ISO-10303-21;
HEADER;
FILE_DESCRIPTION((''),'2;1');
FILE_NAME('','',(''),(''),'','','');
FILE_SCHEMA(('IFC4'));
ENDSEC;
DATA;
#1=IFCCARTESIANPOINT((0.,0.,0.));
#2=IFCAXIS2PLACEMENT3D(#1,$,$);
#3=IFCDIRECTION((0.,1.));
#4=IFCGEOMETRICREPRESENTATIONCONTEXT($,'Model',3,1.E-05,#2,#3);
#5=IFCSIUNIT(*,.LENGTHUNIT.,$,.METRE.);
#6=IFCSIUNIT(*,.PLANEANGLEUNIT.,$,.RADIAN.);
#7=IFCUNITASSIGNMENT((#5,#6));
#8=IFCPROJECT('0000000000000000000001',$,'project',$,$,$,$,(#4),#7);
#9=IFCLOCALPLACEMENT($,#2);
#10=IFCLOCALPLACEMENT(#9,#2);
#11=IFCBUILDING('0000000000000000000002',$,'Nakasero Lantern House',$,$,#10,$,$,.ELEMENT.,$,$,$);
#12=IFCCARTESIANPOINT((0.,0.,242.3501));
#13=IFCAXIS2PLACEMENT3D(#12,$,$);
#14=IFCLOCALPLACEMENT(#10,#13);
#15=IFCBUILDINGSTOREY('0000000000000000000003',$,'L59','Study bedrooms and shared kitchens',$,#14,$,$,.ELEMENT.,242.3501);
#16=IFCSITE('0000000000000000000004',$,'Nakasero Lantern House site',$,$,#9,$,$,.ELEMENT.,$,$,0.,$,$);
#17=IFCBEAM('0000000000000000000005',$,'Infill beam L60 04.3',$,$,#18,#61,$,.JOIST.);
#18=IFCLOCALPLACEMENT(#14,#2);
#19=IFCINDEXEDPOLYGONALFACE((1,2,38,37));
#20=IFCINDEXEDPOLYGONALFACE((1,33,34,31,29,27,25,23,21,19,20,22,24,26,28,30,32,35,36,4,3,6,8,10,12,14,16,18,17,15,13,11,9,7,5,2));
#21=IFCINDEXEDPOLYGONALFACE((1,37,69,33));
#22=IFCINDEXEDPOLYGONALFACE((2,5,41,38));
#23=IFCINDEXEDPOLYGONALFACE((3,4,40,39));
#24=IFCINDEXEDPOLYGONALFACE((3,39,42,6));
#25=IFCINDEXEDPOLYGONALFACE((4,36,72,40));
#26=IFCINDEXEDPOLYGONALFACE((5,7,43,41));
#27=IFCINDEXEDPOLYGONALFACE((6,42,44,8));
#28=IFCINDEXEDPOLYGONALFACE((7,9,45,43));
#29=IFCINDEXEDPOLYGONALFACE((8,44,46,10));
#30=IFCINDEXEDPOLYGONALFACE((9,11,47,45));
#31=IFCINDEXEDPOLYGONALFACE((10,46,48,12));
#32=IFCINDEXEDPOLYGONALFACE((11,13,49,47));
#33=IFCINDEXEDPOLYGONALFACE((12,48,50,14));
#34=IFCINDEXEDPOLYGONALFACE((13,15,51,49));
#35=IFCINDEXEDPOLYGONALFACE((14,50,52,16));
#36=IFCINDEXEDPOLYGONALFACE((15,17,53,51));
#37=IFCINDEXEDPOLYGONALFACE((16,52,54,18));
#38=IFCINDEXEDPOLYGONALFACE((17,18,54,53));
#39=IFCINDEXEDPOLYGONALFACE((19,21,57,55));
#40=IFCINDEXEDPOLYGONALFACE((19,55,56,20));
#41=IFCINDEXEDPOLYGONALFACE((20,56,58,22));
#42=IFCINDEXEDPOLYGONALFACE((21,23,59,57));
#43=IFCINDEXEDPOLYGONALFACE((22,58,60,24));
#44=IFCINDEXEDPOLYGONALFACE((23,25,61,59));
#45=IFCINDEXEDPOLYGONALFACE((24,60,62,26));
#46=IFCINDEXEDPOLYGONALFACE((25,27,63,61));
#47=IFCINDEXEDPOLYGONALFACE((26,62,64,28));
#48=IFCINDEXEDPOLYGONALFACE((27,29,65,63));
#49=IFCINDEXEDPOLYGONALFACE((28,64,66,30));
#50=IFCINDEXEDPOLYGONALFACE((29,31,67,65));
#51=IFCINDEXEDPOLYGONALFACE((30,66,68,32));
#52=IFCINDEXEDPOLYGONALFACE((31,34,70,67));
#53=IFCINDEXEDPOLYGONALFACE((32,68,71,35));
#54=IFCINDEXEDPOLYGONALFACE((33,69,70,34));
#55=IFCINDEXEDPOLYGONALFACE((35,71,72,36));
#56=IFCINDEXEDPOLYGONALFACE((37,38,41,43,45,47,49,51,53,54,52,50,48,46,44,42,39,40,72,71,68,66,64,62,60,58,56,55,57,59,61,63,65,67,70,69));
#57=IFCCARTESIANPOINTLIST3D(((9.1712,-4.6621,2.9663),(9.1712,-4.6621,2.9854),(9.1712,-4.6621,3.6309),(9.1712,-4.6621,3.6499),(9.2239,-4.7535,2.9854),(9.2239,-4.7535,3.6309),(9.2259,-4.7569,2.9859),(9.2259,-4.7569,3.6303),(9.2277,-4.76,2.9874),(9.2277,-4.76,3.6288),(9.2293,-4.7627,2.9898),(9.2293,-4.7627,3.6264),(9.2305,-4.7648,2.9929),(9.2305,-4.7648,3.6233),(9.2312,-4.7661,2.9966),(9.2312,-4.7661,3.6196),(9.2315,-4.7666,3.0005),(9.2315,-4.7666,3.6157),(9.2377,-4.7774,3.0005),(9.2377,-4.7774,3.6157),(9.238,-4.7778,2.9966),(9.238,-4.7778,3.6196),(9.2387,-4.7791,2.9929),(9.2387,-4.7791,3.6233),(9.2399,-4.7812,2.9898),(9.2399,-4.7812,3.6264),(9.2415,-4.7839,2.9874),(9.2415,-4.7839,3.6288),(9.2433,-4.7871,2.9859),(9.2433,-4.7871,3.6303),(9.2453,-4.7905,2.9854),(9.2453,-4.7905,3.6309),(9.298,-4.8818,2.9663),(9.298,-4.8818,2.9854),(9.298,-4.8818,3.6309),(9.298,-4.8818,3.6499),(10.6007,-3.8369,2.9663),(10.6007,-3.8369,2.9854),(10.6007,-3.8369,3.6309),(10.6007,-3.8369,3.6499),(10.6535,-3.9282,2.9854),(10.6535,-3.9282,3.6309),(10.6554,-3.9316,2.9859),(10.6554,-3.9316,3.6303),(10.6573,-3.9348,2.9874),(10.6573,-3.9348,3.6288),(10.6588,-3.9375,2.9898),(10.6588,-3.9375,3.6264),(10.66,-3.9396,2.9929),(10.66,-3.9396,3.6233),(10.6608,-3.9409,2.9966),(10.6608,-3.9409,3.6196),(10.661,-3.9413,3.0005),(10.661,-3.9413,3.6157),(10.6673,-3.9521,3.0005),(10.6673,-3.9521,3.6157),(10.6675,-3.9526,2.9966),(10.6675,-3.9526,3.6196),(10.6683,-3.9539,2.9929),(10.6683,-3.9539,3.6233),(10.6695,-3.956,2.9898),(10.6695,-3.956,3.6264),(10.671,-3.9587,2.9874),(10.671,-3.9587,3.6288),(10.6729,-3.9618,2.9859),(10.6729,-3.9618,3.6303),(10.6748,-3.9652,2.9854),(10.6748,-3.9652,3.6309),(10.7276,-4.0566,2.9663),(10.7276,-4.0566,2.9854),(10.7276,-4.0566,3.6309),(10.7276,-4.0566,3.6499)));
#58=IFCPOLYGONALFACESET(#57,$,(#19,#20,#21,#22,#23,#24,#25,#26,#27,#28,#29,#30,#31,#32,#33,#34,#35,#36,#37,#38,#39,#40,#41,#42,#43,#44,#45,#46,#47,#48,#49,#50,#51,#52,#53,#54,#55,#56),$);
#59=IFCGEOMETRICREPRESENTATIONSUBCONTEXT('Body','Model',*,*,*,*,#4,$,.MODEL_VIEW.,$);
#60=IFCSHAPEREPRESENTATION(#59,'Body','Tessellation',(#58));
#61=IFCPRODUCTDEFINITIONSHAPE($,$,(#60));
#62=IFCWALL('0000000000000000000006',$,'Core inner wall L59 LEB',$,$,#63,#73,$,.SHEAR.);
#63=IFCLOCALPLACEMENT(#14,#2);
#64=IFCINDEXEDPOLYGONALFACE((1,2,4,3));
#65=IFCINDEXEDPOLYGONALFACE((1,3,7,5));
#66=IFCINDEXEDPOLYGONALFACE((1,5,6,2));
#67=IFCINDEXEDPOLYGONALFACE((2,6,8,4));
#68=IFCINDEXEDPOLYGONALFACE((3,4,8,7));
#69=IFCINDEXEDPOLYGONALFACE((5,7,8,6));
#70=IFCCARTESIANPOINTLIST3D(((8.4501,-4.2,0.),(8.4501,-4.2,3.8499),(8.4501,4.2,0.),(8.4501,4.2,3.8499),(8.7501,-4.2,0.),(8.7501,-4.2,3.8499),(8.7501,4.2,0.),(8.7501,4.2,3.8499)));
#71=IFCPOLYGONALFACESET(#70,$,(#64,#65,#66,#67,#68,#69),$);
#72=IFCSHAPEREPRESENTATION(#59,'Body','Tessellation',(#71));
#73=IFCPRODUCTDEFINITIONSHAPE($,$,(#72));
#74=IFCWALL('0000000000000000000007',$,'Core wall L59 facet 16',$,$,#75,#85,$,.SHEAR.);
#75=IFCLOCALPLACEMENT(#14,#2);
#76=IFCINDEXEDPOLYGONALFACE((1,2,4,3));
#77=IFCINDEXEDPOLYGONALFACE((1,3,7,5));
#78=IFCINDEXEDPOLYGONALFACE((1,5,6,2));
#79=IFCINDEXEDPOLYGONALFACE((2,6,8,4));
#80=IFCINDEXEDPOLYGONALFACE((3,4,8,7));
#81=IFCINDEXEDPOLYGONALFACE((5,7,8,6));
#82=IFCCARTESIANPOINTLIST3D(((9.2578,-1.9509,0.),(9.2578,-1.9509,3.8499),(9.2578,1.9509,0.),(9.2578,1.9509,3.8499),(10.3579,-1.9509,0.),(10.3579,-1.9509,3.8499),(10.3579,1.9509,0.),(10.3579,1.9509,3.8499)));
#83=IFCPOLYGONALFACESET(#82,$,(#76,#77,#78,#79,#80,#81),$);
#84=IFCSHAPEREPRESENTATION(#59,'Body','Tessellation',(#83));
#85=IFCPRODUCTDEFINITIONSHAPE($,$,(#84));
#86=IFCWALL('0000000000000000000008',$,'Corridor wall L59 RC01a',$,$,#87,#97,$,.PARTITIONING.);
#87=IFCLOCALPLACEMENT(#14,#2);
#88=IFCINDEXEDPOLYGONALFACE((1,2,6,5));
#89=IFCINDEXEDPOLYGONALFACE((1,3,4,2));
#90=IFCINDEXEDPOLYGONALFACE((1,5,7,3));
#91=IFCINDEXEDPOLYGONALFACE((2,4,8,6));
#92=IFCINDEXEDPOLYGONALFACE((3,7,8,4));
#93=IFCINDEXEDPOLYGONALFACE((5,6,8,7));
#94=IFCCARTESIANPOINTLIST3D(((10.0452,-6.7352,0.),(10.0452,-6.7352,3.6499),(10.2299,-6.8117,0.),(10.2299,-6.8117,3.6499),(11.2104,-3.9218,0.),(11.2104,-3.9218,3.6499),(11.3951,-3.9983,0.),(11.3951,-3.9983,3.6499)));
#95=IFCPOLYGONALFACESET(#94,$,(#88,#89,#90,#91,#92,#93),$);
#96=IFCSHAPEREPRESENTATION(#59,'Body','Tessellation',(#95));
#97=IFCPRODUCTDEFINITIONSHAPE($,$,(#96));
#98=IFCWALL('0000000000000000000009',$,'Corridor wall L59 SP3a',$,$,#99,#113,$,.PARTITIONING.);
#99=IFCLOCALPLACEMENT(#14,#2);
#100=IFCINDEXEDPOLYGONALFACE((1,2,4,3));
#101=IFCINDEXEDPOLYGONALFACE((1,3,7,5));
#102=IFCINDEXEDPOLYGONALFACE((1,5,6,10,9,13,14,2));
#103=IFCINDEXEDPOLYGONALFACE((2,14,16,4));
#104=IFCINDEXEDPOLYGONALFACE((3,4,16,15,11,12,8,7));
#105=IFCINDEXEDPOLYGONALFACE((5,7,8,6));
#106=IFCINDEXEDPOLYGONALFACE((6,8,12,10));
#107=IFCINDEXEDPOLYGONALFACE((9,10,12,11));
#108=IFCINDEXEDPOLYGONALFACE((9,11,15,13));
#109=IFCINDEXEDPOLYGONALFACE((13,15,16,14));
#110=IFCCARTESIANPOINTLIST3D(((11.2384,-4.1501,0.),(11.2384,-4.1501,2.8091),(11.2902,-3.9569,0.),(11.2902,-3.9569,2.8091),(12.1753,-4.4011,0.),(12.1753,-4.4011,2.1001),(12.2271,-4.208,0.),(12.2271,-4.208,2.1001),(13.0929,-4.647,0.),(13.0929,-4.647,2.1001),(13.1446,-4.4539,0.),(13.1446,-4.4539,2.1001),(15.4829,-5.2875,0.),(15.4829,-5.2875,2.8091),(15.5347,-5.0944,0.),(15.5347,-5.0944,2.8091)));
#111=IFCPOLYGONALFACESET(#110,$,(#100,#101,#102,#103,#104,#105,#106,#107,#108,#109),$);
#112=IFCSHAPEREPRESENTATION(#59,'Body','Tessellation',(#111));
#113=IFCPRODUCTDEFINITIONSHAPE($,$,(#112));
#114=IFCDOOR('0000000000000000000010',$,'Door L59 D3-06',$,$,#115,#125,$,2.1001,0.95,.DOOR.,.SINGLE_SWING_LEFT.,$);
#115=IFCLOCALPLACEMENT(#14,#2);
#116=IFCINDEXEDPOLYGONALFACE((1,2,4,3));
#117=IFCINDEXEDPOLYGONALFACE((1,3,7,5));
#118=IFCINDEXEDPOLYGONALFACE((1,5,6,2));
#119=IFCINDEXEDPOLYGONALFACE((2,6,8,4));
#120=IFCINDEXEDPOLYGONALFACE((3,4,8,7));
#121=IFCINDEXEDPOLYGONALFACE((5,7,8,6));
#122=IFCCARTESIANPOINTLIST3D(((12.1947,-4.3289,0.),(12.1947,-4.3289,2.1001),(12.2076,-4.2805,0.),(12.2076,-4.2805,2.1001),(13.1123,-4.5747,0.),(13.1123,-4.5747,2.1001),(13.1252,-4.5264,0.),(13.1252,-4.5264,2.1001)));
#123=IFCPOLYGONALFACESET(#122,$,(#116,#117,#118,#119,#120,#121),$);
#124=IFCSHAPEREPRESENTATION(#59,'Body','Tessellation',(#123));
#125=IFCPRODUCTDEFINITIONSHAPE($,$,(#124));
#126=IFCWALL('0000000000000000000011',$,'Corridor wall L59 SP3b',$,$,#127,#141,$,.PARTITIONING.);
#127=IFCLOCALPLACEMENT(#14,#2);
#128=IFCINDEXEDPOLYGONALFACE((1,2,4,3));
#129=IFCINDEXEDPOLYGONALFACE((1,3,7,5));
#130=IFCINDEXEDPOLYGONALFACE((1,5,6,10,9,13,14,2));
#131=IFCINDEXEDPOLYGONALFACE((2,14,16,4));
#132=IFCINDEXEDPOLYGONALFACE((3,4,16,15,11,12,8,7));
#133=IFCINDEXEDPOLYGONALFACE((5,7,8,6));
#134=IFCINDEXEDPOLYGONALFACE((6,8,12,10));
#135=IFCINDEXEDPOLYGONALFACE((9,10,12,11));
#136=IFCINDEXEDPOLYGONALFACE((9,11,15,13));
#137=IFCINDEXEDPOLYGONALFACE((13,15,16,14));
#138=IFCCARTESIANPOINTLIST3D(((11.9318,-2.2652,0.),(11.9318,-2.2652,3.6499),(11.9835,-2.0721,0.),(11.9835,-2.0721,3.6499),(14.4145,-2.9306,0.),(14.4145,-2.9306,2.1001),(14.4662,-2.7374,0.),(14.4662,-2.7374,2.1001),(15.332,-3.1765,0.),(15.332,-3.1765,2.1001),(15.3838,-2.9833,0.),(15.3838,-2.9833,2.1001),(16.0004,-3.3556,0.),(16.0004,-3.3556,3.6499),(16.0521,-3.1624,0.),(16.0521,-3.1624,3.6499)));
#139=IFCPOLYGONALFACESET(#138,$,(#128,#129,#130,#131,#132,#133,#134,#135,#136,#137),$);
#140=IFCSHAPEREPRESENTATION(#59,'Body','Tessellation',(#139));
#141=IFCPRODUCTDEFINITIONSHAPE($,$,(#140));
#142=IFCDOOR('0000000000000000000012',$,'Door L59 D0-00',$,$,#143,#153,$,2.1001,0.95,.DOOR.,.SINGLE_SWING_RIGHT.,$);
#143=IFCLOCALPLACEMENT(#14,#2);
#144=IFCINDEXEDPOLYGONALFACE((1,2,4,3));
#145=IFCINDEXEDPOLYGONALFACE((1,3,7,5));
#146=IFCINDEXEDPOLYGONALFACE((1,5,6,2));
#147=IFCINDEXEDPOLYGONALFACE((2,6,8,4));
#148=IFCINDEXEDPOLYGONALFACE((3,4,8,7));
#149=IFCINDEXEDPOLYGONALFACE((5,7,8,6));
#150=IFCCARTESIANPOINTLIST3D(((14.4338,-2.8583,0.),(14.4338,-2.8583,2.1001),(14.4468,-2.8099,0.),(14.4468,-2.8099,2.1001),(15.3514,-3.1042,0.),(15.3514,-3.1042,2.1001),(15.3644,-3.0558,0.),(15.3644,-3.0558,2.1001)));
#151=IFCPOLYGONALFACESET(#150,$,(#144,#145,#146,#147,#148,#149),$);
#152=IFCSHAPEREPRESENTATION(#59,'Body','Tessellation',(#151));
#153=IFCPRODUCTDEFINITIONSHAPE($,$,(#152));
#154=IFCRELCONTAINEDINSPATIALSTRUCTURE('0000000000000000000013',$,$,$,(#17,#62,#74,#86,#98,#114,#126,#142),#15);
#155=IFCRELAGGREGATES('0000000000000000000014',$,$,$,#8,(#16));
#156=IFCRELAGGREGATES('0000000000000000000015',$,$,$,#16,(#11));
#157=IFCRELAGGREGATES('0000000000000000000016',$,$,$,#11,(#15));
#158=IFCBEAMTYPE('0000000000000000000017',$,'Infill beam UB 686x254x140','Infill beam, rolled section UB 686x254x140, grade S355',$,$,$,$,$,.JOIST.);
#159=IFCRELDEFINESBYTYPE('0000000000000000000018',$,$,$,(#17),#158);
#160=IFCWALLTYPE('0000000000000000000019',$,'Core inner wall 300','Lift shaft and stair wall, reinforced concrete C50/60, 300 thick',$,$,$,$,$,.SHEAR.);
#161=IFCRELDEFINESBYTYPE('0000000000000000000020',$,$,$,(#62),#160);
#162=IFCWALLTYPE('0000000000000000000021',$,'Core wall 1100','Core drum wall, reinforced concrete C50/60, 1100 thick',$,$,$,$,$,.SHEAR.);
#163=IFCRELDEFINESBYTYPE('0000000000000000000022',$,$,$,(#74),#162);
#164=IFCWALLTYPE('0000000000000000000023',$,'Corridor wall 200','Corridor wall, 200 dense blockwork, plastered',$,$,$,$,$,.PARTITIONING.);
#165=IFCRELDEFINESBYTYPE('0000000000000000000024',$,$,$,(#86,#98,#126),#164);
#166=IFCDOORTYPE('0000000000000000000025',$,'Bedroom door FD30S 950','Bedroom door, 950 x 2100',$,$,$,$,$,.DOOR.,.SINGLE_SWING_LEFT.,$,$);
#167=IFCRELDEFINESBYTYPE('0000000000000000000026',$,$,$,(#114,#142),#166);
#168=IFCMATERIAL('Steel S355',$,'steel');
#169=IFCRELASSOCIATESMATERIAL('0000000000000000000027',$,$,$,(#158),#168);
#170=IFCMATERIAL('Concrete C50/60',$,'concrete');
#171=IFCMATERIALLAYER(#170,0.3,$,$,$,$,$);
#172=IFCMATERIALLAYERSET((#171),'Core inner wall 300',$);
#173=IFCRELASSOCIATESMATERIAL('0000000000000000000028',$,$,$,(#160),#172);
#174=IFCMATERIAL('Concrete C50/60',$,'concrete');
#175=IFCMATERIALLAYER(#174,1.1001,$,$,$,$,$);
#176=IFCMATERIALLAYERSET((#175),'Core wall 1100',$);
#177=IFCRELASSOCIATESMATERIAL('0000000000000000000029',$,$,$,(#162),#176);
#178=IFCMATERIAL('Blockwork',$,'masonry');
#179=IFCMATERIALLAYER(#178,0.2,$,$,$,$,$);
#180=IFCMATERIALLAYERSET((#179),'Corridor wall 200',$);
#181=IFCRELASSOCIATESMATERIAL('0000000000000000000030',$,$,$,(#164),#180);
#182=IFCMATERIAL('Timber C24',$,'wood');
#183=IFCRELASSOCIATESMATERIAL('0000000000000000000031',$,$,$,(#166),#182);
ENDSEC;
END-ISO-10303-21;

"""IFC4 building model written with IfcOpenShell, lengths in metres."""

from ifc_helpers import new_model, si_unit, direction, frame, frame_2d, origin, origin_2d, place, context, subcontext, project, spatial, rectangle, i_section, extrude, material, layer, layer_set, material_profile, profile_set, type_object, element, fill, save


model = new_model("IFC4")

# Units and contexts
model_context = context("Model", 3, precision=1e-05, world=origin(), true_north=direction((0.0, 1.0)))
body_context = subcontext(model_context, "Body", "Model", "MODEL_VIEW")
ifc_project = project(units=[si_unit("LENGTHUNIT", "METRE"), si_unit("PLANEANGLEUNIT", "RADIAN")], contexts=[model_context])

# Site, building, storey
site_placement = place(None, origin())
site = spatial("IfcSite", under=ifc_project, at=site_placement, Name="Nakasero Lantern House site", CompositionType="ELEMENT", RefElevation=0.0)
building_placement = place(site_placement, origin())
building = spatial("IfcBuilding", under=site, at=building_placement, Name="Nakasero Lantern House", CompositionType="ELEMENT")
storey_placement = place(building_placement, frame((0.0, 0.0, 242.3501)))
storey = spatial("IfcBuildingStorey", under=building, at=storey_placement, Name="L59", Description="Study bedrooms and shared kitchens", CompositionType="ELEMENT", Elevation=242.3501)

# Beam
ifc_material_1 = material(Name="Steel S355", Category="steel")
ifc_material_profile = material_profile(ifc_material_1, i_section(OverallWidth=0.2537, OverallDepth=0.6836, WebThickness=0.0125, FlangeThickness=0.019, FilletRadius=0.0151, at=origin_2d()), Name="UB 686x254x140")
ifc_profile_set = profile_set([ifc_material_profile], Name="Steel S355")
beam_type = type_object("IfcBeamType", Name="Infill beam UB 686x254x140", Description="Infill beam, rolled section UB 686x254x140, grade S355", PredefinedType="JOIST", material=ifc_profile_set)
beam_placement = place(storey_placement, frame((9.2346, -4.772, 3.3081), z_axis=(0.86605, 0.499957, 0.0), x_axis=(-0.499957, 0.86605, 0.0)))
element("IfcBeam", 1, at=beam_placement, inside=storey, type_object=beam_type, Name="Infill beam L60 04.3", PredefinedType="JOIST", context=body_context, shape_type="SweptSolid", body=[
    extrude(i_section(OverallWidth=0.2537, OverallDepth=0.6836, WebThickness=0.0125, FlangeThickness=0.019, FilletRadius=0.0151, at=origin_2d()), origin(), (0.0, 0.0, 1.0), 1.6506),
])

# Walls
ifc_material_2 = material(Name="Concrete C50/60", Category="concrete")
ifc_layer_1 = layer(ifc_material_2, 0.3)
ifc_layer_set_1 = layer_set([ifc_layer_1], Name="Core inner wall 300")
wall_type_1 = type_object("IfcWallType", Name="Core inner wall 300", Description="Lift shaft and stair wall, reinforced concrete C50/60, 300 thick", PredefinedType="SHEAR", material=ifc_layer_set_1)
wall_1_placement = place(storey_placement, frame((8.6001, -4.2, 0.0), z_axis=(0.0, 0.0, 1.0), x_axis=(0.0, 1.0, 0.0)))
element("IfcWall", 2, at=wall_1_placement, inside=storey, type_object=wall_type_1, Name="Core inner wall L59 LEB", PredefinedType="SHEAR", context=body_context, shape_type="SweptSolid", body=[
    extrude(rectangle(XDim=8.3999, YDim=0.3, at=frame_2d((4.2, 0.0))), origin(), (0.0, 0.0, 1.0), 3.8499),
])
ifc_material_3 = material(Name="Concrete C50/60", Category="concrete")
ifc_layer_2 = layer(ifc_material_3, 1.1001)
ifc_layer_set_2 = layer_set([ifc_layer_2], Name="Core wall 1100")
wall_type_2 = type_object("IfcWallType", Name="Core wall 1100", Description="Core drum wall, reinforced concrete C50/60, 1100 thick", PredefinedType="SHEAR", material=ifc_layer_set_2)
wall_2_placement = place(storey_placement, frame((9.8079, -1.9509, 0.0), z_axis=(0.0, 0.0, 1.0), x_axis=(0.0, 1.0, 0.0)))
element("IfcWall", 3, at=wall_2_placement, inside=storey, type_object=wall_type_2, Name="Core wall L59 facet 16", PredefinedType="SHEAR", context=body_context, shape_type="SweptSolid", body=[
    extrude(rectangle(XDim=3.9019, YDim=1.1001, at=frame_2d((1.9509, 0.0))), origin(), (0.0, 0.0, 1.0), 3.8499),
])
ifc_material_4 = material(Name="Blockwork", Category="masonry")
ifc_layer_3 = layer(ifc_material_4, 0.2)
ifc_layer_set_3 = layer_set([ifc_layer_3], Name="Corridor wall 200")
wall_type_3 = type_object("IfcWallType", Name="Corridor wall 200", Description="Corridor wall, 200 dense blockwork, plastered", PredefinedType="PARTITIONING", material=ifc_layer_set_3)
wall_3_placement = place(storey_placement, frame((11.3027, -3.9602, 0.0), z_axis=(0.0, 0.0, 1.0), x_axis=(-0.382656, -0.923891, 0.0)))
element("IfcWall", 4, at=wall_3_placement, inside=storey, type_object=wall_type_3, Name="Corridor wall L59 RC01a", PredefinedType="PARTITIONING", context=body_context, shape_type="SweptSolid", body=[
    extrude(rectangle(XDim=3.0452, YDim=0.2, at=frame_2d((1.5225, 0.0))), origin(), (0.0, 0.0, 1.0), 3.6499),
])

# Walls, openings, doors
wall_4_placement = place(storey_placement, frame((11.2642, -4.0535, 0.0), z_axis=(0.0, 0.0, 1.0), x_axis=(0.96592, -0.258842, 0.0)))
wall_4 = element("IfcWall", 5, at=wall_4_placement, inside=storey, type_object=wall_type_3, Name="Corridor wall L59 SP3a", PredefinedType="PARTITIONING", context=body_context, shape_type="SweptSolid", body=[
    extrude(rectangle(XDim=4.3943, YDim=0.2, at=frame_2d((2.1973, 0.0))), origin(), (0.0, 0.0, 1.0), 2.8091),
])
opening_1_placement = place(wall_4_placement, frame((0.97, 0.0, 0.0)))
opening_1 = element("IfcOpeningElement", 6, at=opening_1_placement, cuts=wall_4, PredefinedType="OPENING", context=body_context, shape_type="SweptSolid", body=[
    extrude(rectangle(XDim=0.95, YDim=2.1001, at=frame_2d((0.4751, 1.05))), frame((0.0, 0.1199, 0.0), z_axis=(0.0, -1.0, 0.0), x_axis=(1.0, 0.0, 0.0)), (0.0, 0.0, 1.0), 0.24),
])
ifc_material_5 = material(Name="Timber C24", Category="wood")
door_type_1 = type_object("IfcDoorType", Name="Bedroom door FD30S 950", Description="Bedroom door, 950 x 2100", OperationType="SINGLE_SWING_LEFT", PredefinedType="DOOR", material=ifc_material_5)
door_1_placement = place(opening_1_placement, origin())
door_1 = element("IfcDoor", 7, at=door_1_placement, inside=storey, type_object=door_type_1, Name="Door L59 D3-06", OperationType="SINGLE_SWING_LEFT", OverallHeight=2.1001, OverallWidth=0.95, PredefinedType="DOOR", context=body_context, shape_type="SweptSolid", body=[
    extrude(rectangle(XDim=0.95, YDim=2.1001, at=frame_2d((0.4751, 1.05))), frame((0.0, 0.0249, 0.0), z_axis=(0.0, -1.0, 0.0), x_axis=(1.0, 0.0, 0.0)), (0.0, 0.0, 1.0), 0.05),
])
fill(opening_1, door_1)
wall_5_placement = place(storey_placement, frame((11.9578, -2.1687, 0.0), z_axis=(0.0, 0.0, 1.0), x_axis=(0.965917, -0.258853, 0.0)))
wall_5 = element("IfcWall", 8, at=wall_5_placement, inside=storey, type_object=wall_type_3, Name="Corridor wall L59 SP3b", PredefinedType="PARTITIONING", context=body_context, shape_type="SweptSolid", body=[
    extrude(rectangle(XDim=4.2122, YDim=0.2, at=frame_2d((2.106, 0.0))), origin(), (0.0, 0.0, 1.0), 3.6499),
])
opening_2_placement = place(wall_5_placement, frame((2.5701, 0.0, 0.0)))
opening_2 = element("IfcOpeningElement", 9, at=opening_2_placement, cuts=wall_5, PredefinedType="OPENING", context=body_context, shape_type="SweptSolid", body=[
    extrude(rectangle(XDim=0.95, YDim=2.1001, at=frame_2d((0.4751, 1.05))), frame((0.0, 0.1199, 0.0), z_axis=(0.0, -1.0, 0.0), x_axis=(1.0, 0.0, 0.0)), (0.0, 0.0, 1.0), 0.24),
])
door_2_placement = place(opening_2_placement, origin())
door_2 = element("IfcDoor", 10, at=door_2_placement, inside=storey, type_object=door_type_1, Name="Door L59 D0-00", OperationType="SINGLE_SWING_RIGHT", OverallHeight=2.1001, OverallWidth=0.95, PredefinedType="DOOR", context=body_context, shape_type="SweptSolid", body=[
    extrude(rectangle(XDim=0.95, YDim=2.1001, at=frame_2d((0.4751, 1.05))), frame((0.0, 0.0249, 0.0), z_axis=(0.0, -1.0, 0.0), x_axis=(1.0, 0.0, 0.0)), (0.0, 0.0, 1.0), 0.05),
])
fill(opening_2, door_2)

save(model, "model.ifc")
